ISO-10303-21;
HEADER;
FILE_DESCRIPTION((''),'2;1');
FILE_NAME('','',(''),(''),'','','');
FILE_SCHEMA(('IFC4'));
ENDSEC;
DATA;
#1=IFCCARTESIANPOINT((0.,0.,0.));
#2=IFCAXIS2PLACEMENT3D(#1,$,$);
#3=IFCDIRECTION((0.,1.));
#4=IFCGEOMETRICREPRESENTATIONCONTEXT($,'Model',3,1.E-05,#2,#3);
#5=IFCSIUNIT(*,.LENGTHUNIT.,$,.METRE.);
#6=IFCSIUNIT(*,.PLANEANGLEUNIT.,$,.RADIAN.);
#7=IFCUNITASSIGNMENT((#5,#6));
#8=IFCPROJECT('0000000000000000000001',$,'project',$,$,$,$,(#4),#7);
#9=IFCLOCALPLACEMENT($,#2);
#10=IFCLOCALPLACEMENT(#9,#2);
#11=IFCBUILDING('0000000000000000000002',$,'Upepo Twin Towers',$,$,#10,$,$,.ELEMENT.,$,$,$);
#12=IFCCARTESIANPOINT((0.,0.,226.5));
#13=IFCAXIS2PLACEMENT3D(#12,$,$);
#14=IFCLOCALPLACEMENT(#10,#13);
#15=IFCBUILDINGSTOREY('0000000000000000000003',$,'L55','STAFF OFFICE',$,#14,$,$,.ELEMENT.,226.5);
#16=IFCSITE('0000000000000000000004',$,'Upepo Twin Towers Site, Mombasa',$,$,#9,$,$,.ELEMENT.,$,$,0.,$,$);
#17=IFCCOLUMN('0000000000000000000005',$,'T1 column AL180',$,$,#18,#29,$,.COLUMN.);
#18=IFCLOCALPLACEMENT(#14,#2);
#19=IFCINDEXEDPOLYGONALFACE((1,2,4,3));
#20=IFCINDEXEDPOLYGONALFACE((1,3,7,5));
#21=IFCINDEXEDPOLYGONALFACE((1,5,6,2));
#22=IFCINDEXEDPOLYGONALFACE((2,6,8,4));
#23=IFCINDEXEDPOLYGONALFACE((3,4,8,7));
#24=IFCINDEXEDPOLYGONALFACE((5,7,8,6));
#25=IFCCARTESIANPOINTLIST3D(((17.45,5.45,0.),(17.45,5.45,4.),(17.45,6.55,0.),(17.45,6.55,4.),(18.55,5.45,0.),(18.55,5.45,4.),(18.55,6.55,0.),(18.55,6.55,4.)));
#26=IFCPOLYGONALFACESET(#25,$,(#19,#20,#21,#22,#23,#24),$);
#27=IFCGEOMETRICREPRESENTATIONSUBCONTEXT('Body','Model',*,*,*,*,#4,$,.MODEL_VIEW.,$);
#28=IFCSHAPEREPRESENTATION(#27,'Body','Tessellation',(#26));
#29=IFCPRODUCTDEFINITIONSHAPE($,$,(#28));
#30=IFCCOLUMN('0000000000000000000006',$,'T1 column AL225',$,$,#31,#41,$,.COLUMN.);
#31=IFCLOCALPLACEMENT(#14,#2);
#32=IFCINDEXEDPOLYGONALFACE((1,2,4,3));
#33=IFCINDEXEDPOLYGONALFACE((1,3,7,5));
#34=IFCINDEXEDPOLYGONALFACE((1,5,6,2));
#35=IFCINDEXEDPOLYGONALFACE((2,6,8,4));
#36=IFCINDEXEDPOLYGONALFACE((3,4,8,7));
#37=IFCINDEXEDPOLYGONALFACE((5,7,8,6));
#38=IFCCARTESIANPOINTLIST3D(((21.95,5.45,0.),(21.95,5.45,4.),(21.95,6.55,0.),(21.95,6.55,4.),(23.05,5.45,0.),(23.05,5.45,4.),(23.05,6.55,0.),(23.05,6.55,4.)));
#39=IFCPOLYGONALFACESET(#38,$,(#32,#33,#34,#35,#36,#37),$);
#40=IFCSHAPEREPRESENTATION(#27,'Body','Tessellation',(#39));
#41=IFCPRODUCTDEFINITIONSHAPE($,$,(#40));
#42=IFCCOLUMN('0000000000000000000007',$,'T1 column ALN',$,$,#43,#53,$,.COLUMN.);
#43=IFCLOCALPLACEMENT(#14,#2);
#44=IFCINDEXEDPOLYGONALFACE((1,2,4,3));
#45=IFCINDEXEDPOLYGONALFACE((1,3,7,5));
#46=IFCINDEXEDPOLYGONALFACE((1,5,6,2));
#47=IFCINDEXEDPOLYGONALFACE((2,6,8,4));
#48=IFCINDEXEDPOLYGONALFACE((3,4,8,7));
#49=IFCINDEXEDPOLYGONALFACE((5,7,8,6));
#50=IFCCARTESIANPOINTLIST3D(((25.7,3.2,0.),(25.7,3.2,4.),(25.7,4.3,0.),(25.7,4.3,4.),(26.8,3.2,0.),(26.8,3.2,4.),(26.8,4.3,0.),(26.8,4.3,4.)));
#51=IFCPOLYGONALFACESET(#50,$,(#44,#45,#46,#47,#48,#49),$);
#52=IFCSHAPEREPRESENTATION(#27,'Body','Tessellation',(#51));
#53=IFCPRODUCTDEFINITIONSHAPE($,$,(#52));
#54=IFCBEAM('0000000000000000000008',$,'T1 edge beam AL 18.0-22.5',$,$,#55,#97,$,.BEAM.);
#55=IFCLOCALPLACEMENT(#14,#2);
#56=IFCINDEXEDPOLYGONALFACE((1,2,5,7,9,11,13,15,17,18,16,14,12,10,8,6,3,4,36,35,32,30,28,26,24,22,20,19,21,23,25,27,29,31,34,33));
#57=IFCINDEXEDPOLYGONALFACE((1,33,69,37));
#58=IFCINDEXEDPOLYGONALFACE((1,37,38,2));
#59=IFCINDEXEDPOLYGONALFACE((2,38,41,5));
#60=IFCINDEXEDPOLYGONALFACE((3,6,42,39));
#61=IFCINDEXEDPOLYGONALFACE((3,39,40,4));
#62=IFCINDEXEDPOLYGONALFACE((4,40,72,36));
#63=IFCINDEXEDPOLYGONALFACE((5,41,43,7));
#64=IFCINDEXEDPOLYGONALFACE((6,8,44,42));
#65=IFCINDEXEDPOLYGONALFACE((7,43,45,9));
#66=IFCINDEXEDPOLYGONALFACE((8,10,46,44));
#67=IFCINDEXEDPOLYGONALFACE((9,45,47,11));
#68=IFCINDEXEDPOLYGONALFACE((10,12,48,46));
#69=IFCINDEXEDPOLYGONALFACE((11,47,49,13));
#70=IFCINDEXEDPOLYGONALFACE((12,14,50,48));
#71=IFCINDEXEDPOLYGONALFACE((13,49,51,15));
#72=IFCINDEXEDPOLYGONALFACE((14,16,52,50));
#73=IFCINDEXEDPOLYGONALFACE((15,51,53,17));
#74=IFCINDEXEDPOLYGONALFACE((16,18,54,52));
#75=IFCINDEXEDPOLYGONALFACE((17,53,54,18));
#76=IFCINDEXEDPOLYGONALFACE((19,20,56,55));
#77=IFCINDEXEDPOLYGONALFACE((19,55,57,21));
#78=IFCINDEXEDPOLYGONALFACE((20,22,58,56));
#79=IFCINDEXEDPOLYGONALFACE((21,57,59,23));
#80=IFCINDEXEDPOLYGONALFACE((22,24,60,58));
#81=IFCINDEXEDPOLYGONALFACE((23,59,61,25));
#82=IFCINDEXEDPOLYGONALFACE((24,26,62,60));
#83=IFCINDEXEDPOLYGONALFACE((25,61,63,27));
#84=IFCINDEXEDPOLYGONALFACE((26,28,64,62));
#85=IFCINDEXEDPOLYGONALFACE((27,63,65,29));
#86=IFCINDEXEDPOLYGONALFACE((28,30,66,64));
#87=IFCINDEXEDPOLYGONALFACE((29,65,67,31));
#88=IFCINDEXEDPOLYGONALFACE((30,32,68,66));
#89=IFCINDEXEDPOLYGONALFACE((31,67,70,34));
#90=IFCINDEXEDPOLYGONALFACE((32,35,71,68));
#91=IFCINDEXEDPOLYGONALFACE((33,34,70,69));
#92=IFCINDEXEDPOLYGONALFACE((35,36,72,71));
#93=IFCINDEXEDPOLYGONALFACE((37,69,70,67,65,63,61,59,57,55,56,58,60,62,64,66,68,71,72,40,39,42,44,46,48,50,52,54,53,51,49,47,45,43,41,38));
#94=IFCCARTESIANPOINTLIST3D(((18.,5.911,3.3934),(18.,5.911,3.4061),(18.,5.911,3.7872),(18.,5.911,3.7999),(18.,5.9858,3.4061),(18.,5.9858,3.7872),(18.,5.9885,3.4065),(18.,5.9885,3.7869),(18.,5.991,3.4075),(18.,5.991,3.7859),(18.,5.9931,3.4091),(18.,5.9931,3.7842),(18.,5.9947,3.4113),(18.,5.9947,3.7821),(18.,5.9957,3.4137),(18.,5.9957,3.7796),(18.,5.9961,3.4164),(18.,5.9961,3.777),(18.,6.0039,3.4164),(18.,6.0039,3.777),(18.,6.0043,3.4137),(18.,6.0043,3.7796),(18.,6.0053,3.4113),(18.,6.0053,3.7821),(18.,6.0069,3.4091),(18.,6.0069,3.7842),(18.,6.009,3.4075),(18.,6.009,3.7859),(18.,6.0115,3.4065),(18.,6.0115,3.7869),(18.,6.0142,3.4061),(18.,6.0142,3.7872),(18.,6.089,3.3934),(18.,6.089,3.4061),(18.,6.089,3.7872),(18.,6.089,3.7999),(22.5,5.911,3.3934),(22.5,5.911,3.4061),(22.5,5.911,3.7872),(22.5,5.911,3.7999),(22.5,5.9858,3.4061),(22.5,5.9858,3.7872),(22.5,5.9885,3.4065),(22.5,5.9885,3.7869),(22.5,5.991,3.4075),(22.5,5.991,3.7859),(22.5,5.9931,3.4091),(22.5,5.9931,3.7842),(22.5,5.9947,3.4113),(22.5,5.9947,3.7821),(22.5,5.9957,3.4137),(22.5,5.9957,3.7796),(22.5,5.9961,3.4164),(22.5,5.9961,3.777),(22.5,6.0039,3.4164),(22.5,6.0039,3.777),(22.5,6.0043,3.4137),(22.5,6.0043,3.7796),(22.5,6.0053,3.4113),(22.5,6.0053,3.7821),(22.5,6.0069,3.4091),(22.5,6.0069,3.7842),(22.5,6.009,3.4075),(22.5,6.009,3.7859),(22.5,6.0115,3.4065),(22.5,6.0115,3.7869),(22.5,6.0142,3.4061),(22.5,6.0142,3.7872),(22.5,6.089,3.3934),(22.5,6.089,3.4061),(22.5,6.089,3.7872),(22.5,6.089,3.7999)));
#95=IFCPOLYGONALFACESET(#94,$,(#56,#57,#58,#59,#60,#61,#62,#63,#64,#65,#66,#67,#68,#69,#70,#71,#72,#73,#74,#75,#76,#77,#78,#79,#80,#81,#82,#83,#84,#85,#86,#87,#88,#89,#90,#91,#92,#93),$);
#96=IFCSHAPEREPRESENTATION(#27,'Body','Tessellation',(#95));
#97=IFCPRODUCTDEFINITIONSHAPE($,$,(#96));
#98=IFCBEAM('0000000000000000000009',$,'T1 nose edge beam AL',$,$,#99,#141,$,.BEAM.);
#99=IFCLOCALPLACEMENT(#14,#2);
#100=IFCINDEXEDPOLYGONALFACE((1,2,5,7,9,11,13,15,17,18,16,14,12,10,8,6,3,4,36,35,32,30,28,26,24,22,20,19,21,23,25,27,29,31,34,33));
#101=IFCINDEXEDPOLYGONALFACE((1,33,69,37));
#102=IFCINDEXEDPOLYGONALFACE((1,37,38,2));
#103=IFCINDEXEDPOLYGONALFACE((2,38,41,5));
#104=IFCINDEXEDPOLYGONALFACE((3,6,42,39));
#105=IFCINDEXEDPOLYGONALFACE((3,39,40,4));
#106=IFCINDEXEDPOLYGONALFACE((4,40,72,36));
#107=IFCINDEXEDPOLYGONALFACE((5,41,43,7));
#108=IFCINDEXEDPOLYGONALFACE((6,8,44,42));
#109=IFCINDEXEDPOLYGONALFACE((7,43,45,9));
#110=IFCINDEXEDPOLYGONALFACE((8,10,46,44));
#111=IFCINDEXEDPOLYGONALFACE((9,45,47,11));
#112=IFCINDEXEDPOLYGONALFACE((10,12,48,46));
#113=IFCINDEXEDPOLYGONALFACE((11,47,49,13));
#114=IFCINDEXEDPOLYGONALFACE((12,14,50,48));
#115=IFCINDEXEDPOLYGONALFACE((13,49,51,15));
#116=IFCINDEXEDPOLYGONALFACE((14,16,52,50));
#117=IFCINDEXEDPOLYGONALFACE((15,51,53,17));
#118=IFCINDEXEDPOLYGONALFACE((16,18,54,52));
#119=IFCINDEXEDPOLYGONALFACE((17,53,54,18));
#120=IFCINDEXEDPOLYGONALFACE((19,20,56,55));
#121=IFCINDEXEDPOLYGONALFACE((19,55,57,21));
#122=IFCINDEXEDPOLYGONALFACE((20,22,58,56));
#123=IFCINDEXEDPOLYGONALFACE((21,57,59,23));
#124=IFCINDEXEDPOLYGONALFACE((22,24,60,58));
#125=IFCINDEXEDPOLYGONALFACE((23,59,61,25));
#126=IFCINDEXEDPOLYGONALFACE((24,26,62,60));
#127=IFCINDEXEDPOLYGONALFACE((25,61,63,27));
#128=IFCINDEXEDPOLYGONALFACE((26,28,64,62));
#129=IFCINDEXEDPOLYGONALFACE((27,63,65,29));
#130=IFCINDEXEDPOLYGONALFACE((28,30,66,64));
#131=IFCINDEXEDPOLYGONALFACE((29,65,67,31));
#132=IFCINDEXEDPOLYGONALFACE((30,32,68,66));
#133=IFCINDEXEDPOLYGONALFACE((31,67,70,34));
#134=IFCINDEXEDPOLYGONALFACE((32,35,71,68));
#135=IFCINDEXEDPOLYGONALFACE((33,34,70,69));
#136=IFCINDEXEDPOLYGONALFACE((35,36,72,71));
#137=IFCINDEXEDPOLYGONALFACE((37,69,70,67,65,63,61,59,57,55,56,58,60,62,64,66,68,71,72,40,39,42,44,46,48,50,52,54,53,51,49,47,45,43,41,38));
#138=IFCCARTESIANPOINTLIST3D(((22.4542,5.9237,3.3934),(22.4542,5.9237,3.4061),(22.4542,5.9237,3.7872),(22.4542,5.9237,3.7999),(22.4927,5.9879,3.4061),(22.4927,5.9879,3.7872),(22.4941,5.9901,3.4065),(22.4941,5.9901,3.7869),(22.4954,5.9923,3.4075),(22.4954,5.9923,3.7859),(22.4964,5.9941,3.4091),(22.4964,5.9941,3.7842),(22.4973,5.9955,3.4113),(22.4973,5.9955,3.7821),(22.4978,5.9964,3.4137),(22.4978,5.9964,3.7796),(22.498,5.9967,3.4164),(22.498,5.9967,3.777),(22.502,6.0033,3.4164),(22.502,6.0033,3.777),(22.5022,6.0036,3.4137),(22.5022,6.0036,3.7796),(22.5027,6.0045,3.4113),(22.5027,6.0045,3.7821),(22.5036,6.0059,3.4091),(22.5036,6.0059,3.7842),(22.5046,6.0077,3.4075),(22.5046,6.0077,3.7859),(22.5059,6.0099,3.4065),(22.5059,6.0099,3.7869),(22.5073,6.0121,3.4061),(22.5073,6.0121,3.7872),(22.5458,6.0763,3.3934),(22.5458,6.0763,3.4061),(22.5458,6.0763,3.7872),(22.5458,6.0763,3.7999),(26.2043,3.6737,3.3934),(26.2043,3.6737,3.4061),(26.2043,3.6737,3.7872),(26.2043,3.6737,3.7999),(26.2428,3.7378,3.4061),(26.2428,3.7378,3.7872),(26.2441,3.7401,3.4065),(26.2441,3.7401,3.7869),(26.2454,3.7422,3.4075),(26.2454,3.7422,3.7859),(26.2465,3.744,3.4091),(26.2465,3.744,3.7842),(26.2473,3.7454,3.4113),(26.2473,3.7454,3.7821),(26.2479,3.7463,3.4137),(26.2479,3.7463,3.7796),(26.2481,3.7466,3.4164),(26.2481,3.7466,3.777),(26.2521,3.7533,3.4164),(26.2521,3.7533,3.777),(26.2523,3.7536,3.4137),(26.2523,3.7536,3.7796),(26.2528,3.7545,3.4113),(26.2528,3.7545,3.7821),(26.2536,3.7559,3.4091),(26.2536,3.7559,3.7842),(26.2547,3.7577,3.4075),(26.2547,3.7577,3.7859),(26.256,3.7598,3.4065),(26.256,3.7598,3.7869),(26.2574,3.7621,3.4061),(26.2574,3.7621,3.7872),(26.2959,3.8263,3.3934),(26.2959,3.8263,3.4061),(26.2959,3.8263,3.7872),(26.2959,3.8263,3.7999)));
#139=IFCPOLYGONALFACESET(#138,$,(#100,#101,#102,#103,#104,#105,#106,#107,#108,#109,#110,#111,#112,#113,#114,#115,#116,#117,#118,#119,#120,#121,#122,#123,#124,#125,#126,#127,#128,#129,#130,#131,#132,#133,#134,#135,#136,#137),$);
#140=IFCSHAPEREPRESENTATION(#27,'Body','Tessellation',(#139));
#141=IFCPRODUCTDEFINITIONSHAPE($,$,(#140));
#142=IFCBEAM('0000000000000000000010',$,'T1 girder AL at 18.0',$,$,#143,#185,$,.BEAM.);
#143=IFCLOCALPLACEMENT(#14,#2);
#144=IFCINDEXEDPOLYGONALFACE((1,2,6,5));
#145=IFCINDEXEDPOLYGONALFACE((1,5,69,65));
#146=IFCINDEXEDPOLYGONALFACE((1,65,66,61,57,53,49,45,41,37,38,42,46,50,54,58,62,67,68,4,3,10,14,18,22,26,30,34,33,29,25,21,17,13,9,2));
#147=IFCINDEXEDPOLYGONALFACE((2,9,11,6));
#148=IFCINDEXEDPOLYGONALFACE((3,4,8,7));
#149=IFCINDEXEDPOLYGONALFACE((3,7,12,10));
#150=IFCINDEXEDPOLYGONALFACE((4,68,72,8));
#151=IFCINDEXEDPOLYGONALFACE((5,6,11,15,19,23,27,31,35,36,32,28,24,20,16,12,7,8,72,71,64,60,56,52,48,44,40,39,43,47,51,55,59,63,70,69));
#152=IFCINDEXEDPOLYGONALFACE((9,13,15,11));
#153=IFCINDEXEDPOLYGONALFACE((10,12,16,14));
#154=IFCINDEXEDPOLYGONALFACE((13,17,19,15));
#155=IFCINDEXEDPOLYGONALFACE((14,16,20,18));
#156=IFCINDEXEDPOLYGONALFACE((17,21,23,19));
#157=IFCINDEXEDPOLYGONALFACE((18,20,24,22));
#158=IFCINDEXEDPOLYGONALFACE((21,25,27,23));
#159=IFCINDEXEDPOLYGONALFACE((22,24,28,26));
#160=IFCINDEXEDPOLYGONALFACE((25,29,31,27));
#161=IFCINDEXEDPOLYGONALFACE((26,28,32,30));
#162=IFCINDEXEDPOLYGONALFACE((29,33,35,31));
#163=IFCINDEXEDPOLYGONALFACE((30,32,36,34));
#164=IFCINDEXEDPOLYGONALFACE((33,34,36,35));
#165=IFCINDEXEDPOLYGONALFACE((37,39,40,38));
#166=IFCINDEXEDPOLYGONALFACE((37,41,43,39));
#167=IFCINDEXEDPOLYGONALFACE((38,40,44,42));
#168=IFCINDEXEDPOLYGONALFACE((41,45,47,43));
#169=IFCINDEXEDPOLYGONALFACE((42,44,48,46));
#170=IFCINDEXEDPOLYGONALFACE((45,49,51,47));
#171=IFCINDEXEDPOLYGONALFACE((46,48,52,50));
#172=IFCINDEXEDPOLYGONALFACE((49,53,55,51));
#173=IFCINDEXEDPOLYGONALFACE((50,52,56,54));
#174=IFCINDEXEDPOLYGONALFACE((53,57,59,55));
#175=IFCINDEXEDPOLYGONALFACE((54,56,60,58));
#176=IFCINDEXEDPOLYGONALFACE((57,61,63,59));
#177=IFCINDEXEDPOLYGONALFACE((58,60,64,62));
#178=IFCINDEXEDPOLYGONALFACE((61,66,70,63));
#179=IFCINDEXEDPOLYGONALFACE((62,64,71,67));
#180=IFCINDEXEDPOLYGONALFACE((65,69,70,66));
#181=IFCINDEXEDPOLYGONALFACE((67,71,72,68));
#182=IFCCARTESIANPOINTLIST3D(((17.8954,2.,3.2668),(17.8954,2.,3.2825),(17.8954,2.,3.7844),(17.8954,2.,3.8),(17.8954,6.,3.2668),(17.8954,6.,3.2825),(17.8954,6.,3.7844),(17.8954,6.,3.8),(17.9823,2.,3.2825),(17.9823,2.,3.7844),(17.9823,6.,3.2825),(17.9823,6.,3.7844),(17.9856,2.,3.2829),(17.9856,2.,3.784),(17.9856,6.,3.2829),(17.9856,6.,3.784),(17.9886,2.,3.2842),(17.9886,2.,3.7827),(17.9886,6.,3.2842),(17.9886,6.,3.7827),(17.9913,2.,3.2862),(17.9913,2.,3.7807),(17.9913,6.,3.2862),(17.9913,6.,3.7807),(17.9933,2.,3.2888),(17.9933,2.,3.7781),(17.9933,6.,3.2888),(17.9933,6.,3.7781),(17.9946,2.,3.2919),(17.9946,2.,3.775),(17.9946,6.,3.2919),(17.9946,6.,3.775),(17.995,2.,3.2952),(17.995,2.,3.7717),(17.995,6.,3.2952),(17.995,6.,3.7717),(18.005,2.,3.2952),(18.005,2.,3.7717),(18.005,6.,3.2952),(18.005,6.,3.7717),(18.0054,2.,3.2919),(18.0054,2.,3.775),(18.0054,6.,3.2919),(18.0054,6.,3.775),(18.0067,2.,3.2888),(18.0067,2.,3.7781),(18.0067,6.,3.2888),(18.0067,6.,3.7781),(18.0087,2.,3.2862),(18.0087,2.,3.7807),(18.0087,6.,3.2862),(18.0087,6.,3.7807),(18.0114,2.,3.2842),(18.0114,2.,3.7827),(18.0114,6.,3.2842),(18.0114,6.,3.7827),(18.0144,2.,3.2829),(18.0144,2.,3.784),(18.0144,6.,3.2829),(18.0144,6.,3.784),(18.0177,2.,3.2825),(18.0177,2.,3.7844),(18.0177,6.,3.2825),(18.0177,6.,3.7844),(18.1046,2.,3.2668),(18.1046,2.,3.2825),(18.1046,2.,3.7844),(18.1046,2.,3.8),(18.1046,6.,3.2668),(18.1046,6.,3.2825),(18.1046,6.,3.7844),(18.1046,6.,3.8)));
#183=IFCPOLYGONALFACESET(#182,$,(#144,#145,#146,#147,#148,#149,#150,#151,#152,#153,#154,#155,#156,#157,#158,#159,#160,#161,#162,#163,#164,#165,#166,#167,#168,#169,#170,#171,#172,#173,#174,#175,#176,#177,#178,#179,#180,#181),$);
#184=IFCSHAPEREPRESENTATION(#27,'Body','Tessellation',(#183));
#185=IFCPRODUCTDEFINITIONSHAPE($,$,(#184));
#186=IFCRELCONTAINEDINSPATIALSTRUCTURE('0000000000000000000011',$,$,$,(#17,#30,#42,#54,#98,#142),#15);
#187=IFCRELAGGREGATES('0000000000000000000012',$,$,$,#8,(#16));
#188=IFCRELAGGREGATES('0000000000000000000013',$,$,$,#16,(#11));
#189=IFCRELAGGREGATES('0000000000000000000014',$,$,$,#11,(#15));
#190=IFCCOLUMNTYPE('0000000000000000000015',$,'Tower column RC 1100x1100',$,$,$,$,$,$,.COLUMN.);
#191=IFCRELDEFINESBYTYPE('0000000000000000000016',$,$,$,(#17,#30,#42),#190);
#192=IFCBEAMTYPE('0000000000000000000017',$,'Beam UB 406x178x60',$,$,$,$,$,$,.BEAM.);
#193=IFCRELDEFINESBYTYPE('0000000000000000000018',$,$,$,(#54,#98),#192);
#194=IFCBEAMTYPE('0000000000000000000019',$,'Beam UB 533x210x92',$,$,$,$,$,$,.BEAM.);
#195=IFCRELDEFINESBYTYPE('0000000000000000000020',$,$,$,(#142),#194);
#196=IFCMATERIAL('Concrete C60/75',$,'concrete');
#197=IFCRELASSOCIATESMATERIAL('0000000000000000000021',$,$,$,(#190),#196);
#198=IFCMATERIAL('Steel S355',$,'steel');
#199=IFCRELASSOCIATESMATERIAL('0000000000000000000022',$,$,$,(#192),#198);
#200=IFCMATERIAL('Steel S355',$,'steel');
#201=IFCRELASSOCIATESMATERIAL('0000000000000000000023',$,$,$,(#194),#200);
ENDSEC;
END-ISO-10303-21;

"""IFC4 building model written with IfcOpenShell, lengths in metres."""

from ifc_helpers import new_model, si_unit, direction, frame, origin, origin_2d, place, context, subcontext, project, spatial, rectangle, i_section, extrude, material, material_profile, profile_set, type_object, element, save


model = new_model("IFC4")

# Units and contexts
model_context = context("Model", 3, precision=1e-05, world=origin(), true_north=direction((0.0, 1.0)))
body_context = subcontext(model_context, "Body", "Model", "MODEL_VIEW")
ifc_project = project(units=[si_unit("LENGTHUNIT", "METRE"), si_unit("PLANEANGLEUNIT", "RADIAN")], contexts=[model_context])

# Site, building, storey
site_placement = place(None, origin())
site = spatial("IfcSite", under=ifc_project, at=site_placement, Name="Upepo Twin Towers Site, Mombasa", CompositionType="ELEMENT", RefElevation=0.0)
building_placement = place(site_placement, origin())
building = spatial("IfcBuilding", under=site, at=building_placement, Name="Upepo Twin Towers", CompositionType="ELEMENT")
storey_placement = place(building_placement, frame((0.0, 0.0, 226.5)))
storey = spatial("IfcBuildingStorey", under=building, at=storey_placement, Name="L55", Description="STAFF OFFICE", CompositionType="ELEMENT", Elevation=226.5)

# Columns
ifc_material_1 = material(Name="Concrete C60/75", Category="concrete")
ifc_material_profile_1 = material_profile(ifc_material_1, rectangle(XDim=1.1001, YDim=1.1001, at=origin_2d()), Name="RC 1100x1100")
ifc_profile_set_1 = profile_set([ifc_material_profile_1], Name="Concrete C60/75")
column_type = type_object("IfcColumnType", Name="Tower column RC 1100x1100", PredefinedType="COLUMN", material=ifc_profile_set_1)
for number, where, z_axis, x_axis, name in (
    (1, (18.0, 6.0, 0.0), (0.0, 0.0, 1.0), (1.0, 0.0, 0.0), "T1 column AL180"),
    (2, (22.5, 6.0, 0.0), (0.0, 0.0, 1.0), (1.0, 0.0, 0.0), "T1 column AL225"),
    (3, (26.25, 3.75, 0.0), (0.0, 0.0, 1.0), (1.0, 0.0, 0.0), "T1 column ALN"),
):
    element("IfcColumn", number, at=place(storey_placement, frame(where, z_axis=z_axis, x_axis=x_axis)), inside=storey, type_object=column_type, Name=name, PredefinedType="COLUMN", context=body_context, shape_type="SweptSolid", body=[
        extrude(rectangle(XDim=1.1001, YDim=1.1001, at=origin_2d()), origin(), (0.0, 0.0, 1.0), 4.0),
    ])

# Beams
ifc_material_2 = material(Name="Steel S355", Category="steel")
ifc_material_profile_2 = material_profile(ifc_material_2, i_section(OverallWidth=0.178, OverallDepth=0.4065, WebThickness=0.0078, FlangeThickness=0.0127, FilletRadius=0.0103, at=origin_2d()), Name="UB 406x178x60")
ifc_profile_set_2 = profile_set([ifc_material_profile_2], Name="Steel S355")
beam_type_1 = type_object("IfcBeamType", Name="Beam UB 406x178x60", PredefinedType="BEAM", material=ifc_profile_set_2)
beam_1_placement = place(storey_placement, frame((18.0, 6.0, 3.5967), z_axis=(1.0, 0.0, 0.0), x_axis=(0.0, 1.0, 0.0)))
element("IfcBeam", 4, at=beam_1_placement, inside=storey, type_object=beam_type_1, Name="T1 edge beam AL 18.0-22.5", PredefinedType="BEAM", context=body_context, shape_type="SweptSolid", body=[
    extrude(i_section(OverallWidth=0.178, OverallDepth=0.4065, WebThickness=0.0078, FlangeThickness=0.0127, FilletRadius=0.0103, at=origin_2d()), origin(), (0.0, 0.0, 1.0), 4.5),
])
beam_2_placement = place(storey_placement, frame((22.5, 6.0, 3.5967), z_axis=(0.857493, -0.514496, 0.0), x_axis=(0.514496, 0.857493, 0.0)))
element("IfcBeam", 5, at=beam_2_placement, inside=storey, type_object=beam_type_1, Name="T1 nose edge beam AL", PredefinedType="BEAM", context=body_context, shape_type="SweptSolid", body=[
    extrude(i_section(OverallWidth=0.178, OverallDepth=0.4065, WebThickness=0.0078, FlangeThickness=0.0127, FilletRadius=0.0103, at=origin_2d()), origin(), (0.0, 0.0, 1.0), 4.3733),
])
ifc_material_3 = material(Name="Steel S355", Category="steel")
ifc_material_profile_3 = material_profile(ifc_material_3, i_section(OverallWidth=0.2092, OverallDepth=0.5332, WebThickness=0.01, FlangeThickness=0.0156, FilletRadius=0.0127, at=origin_2d()), Name="UB 533x210x92")
ifc_profile_set_3 = profile_set([ifc_material_profile_3], Name="Steel S355")
beam_type_2 = type_object("IfcBeamType", Name="Beam UB 533x210x92", PredefinedType="BEAM", material=ifc_profile_set_3)
for number, where, z_axis, x_axis, name in (
    (6, (18.0, 6.0, 3.5334), (0.0, -1.0, 0.0), (1.0, 0.0, 0.0), "T1 girder AL at 18.0"),
):
    element("IfcBeam", number, at=place(storey_placement, frame(where, z_axis=z_axis, x_axis=x_axis)), inside=storey, type_object=beam_type_2, Name=name, PredefinedType="BEAM", context=body_context, shape_type="SweptSolid", body=[
        extrude(i_section(OverallWidth=0.2092, OverallDepth=0.5332, WebThickness=0.01, FlangeThickness=0.0156, FilletRadius=0.0127, at=origin_2d()), origin(), (0.0, 0.0, 1.0), 4.0),
    ])

save(model, "model.ifc")
